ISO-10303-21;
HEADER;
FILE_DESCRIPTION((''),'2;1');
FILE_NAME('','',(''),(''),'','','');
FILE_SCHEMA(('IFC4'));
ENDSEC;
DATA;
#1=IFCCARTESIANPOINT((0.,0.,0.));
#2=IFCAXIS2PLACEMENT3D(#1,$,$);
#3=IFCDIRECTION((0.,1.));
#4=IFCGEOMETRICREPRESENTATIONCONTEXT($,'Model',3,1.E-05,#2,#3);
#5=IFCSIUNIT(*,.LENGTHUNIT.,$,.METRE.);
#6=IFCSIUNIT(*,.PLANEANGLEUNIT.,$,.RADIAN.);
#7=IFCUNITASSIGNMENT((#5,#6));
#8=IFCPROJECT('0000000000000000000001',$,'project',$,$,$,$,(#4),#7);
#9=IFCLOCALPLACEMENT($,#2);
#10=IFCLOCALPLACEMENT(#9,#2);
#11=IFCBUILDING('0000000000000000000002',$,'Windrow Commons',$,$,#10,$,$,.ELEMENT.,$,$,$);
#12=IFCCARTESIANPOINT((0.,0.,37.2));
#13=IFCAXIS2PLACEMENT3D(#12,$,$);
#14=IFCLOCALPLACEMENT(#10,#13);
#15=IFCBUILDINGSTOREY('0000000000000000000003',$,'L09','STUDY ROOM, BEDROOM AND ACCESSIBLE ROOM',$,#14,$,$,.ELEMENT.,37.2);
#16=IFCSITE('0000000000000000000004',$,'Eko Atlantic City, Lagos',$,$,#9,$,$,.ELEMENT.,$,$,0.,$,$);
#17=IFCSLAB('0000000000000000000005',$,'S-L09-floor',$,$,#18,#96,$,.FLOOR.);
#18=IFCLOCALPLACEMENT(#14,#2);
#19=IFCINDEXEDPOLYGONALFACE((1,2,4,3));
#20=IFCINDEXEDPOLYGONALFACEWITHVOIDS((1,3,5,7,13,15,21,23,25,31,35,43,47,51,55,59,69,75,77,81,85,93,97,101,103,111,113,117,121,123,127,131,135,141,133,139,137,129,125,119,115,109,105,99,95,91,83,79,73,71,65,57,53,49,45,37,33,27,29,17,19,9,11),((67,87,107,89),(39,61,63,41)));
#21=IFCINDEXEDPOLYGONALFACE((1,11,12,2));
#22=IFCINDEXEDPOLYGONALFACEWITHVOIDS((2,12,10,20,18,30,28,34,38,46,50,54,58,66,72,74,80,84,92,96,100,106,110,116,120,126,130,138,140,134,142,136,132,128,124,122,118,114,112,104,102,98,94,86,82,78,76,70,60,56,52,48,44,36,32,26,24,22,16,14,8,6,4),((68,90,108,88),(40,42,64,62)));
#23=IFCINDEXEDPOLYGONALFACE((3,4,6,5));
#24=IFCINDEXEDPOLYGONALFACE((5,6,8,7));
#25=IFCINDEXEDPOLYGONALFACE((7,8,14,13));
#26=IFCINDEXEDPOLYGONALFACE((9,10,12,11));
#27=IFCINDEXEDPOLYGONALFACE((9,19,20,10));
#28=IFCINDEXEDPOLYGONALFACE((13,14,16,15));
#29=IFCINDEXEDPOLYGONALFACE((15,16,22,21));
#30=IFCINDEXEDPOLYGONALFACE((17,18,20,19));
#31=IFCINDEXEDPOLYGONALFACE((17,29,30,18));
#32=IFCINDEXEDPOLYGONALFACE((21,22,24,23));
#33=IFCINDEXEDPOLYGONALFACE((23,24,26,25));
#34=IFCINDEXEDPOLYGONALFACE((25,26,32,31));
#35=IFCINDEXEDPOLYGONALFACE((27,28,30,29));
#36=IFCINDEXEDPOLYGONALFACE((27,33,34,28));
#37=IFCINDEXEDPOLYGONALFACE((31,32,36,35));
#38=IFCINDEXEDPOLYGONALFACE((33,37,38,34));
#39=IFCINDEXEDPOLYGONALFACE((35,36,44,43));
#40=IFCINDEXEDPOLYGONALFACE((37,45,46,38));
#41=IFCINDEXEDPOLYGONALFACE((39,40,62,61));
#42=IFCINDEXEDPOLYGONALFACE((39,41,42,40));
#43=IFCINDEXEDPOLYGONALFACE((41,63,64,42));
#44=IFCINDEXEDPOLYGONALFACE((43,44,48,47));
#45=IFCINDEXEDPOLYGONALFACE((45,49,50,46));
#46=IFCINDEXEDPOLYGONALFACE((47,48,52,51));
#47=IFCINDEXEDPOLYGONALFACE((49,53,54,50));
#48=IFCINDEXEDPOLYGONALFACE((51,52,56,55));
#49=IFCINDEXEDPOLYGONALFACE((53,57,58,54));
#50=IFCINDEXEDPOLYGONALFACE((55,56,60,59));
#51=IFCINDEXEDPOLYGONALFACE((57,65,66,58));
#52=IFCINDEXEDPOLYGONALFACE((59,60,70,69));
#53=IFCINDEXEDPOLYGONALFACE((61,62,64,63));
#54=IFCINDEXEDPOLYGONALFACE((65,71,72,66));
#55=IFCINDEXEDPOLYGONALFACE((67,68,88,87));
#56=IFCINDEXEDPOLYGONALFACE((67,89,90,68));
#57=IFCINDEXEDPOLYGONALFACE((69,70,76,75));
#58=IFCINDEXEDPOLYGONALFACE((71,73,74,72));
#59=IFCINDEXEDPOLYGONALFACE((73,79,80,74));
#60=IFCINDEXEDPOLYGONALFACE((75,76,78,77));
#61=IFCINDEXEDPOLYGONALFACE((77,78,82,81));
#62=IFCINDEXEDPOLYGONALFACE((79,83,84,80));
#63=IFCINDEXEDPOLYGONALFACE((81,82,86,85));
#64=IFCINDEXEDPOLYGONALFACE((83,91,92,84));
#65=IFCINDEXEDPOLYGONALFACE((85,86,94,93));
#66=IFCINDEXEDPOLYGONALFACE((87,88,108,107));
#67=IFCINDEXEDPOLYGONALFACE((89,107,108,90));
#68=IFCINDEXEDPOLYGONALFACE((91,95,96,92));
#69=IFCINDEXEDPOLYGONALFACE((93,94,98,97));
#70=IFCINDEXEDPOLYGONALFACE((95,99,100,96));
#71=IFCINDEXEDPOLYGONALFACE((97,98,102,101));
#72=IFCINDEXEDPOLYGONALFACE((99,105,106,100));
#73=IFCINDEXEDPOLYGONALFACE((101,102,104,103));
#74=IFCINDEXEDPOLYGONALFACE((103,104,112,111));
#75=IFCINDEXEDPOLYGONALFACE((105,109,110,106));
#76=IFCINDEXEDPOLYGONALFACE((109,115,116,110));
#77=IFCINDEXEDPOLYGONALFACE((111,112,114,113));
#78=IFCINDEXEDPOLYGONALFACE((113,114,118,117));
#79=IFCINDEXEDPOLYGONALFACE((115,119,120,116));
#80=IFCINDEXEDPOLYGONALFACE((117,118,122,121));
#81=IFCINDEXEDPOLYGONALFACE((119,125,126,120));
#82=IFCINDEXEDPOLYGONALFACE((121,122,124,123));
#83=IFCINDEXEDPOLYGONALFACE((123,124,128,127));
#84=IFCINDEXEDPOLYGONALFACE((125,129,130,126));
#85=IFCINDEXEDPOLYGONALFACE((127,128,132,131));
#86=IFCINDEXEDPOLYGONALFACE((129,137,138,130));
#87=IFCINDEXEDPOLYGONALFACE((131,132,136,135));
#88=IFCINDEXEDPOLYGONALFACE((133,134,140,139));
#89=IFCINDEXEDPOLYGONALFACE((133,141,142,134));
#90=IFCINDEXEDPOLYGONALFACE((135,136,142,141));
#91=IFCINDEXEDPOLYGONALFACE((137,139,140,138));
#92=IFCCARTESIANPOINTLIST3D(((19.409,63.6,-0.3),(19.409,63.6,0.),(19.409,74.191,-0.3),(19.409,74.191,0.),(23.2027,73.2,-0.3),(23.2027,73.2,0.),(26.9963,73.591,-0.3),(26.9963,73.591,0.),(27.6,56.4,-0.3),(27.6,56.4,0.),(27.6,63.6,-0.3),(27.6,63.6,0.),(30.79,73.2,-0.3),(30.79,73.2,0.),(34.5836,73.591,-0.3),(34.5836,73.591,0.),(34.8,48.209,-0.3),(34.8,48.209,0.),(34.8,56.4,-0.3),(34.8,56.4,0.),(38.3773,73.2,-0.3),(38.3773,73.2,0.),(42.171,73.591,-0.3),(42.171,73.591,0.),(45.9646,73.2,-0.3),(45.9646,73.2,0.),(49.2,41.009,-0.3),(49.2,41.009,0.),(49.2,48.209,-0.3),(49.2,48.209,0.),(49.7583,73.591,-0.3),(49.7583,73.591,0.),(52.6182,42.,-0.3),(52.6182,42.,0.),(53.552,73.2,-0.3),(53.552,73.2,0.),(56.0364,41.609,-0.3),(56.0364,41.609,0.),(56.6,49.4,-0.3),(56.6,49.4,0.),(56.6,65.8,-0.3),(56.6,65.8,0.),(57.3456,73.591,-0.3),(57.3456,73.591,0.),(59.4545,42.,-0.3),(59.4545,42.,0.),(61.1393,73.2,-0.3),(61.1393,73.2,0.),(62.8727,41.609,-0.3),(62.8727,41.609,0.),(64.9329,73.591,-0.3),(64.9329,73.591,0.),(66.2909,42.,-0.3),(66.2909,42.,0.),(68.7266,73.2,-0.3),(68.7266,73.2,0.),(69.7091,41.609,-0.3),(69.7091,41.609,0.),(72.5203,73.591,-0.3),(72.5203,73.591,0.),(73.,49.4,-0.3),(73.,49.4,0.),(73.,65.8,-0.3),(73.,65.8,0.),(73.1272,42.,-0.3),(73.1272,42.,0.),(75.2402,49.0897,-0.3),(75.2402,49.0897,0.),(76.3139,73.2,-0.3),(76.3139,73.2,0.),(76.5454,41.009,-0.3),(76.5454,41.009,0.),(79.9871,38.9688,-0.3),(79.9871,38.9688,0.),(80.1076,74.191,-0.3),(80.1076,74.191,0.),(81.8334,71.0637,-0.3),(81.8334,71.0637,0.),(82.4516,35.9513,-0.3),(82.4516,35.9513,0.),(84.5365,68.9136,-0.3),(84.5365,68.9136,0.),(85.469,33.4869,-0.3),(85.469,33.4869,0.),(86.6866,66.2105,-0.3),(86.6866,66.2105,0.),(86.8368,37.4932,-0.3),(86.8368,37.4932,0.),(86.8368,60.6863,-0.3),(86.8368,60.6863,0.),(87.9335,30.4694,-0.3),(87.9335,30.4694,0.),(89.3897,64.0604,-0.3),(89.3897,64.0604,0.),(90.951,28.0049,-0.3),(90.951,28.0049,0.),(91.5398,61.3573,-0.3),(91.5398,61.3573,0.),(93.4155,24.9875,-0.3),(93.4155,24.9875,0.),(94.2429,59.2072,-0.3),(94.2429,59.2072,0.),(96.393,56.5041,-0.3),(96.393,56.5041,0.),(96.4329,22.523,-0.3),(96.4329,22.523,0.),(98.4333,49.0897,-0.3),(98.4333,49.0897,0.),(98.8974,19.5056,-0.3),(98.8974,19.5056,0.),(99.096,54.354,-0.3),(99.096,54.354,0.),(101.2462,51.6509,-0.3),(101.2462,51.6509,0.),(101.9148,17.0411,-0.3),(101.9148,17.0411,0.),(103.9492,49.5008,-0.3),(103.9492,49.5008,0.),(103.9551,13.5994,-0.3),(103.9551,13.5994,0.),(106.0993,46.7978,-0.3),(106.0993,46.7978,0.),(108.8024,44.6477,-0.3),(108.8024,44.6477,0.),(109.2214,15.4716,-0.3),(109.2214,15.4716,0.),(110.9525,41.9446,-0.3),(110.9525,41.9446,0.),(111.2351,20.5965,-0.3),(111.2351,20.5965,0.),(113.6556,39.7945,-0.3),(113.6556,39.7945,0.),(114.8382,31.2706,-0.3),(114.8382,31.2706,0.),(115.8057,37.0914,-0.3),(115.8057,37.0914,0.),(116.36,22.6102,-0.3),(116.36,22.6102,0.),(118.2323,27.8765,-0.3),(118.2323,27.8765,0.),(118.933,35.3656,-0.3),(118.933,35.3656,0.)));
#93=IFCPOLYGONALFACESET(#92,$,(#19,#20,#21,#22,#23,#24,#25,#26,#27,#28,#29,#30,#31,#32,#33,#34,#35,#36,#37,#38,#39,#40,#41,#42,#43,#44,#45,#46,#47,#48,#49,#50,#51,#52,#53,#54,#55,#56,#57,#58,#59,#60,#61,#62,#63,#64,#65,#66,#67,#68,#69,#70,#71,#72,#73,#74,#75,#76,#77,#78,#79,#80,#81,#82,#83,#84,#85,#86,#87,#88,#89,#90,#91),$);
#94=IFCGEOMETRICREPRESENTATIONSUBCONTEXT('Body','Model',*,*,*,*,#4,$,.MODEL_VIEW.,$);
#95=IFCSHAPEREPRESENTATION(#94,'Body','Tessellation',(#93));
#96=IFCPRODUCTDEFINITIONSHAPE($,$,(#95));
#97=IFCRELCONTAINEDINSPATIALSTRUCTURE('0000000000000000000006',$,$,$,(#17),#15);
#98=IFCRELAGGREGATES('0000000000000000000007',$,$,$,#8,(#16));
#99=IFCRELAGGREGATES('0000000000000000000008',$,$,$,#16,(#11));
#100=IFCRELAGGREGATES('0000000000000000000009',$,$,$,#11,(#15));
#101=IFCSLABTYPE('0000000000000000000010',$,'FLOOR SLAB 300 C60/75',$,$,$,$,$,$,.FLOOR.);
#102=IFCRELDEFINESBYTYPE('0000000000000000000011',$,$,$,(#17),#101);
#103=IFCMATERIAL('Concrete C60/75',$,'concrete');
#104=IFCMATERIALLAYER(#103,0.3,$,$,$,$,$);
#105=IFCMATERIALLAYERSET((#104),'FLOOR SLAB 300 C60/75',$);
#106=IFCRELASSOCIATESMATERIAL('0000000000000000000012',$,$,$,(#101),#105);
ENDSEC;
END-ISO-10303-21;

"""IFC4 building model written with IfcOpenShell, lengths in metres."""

from ifc_helpers import new_model, si_unit, direction, frame, origin, place, context, subcontext, project, spatial, polyline, outline, extrude, material, layer, layer_set, type_object, element, save


model = new_model("IFC4")

# Units and contexts
model_context = context("Model", 3, precision=1e-05, world=origin(), true_north=direction((0.0, 1.0)))
body_context = subcontext(model_context, "Body", "Model", "MODEL_VIEW")
ifc_project = project(units=[si_unit("LENGTHUNIT", "METRE"), si_unit("PLANEANGLEUNIT", "RADIAN")], contexts=[model_context])

# Site, building, storey
site_placement = place(None, origin())
site = spatial("IfcSite", under=ifc_project, at=site_placement, Name="Eko Atlantic City, Lagos", CompositionType="ELEMENT", RefElevation=0.0)
building_placement = place(site_placement, origin())
building = spatial("IfcBuilding", under=site, at=building_placement, Name="Windrow Commons", CompositionType="ELEMENT")
storey_placement = place(building_placement, frame((0.0, 0.0, 37.2)))
storey = spatial("IfcBuildingStorey", under=building, at=storey_placement, Name="L09", Description="STUDY ROOM, BEDROOM AND ACCESSIBLE ROOM", CompositionType="ELEMENT", Elevation=37.2)

# Shared definitions
placement_1 = place(storey_placement, frame((0.0, 0.0, -0.3)))

# Slab, openings
ifc_material_1 = material(Name="Concrete C60/75", Category="concrete")
ifc_layer_1 = layer(ifc_material_1, 0.3)
ifc_layer_set_1 = layer_set([ifc_layer_1], Name="FLOOR SLAB 300 C60/75")
slab_type_1 = type_object("IfcSlabType", Name="FLOOR SLAB 300 C60/75", PredefinedType="FLOOR", material=ifc_layer_set_1)
slab_1 = element("IfcSlab", 1, at=placement_1, inside=storey, type_object=slab_type_1, Name="S-L09-floor", PredefinedType="FLOOR", context=body_context, shape_type="SweptSolid", body=[
    extrude(outline(polyline([(101.9148, 17.0411), (103.9551, 13.5994), (109.2214, 15.4716), (111.2351, 20.5965), (116.36, 22.6102), (118.2323, 27.8765), (114.8382, 31.2706), (118.933, 35.3656), (115.8057, 37.0914), (113.6556, 39.7945), (110.9525, 41.9446), (108.8024, 44.6477), (106.0993, 46.7978), (103.9492, 49.5008), (101.2462, 51.6509), (99.096, 54.354), (96.393, 56.5041), (94.2429, 59.2072), (91.5398, 61.3573), (89.3897, 64.0604), (86.6866, 66.2105), (84.5365, 68.9136), (81.8334, 71.0637), (80.1076, 74.191), (76.3139, 73.2), (72.5203, 73.591), (68.7266, 73.2), (64.9329, 73.591), (61.1393, 73.2), (57.3456, 73.591), (53.552, 73.2), (49.7583, 73.591), (45.9646, 73.2), (42.171, 73.591), (38.3773, 73.2), (34.5836, 73.591), (30.79, 73.2), (26.9963, 73.591), (23.2027, 73.2), (19.409, 74.191), (19.409, 63.6), (27.6, 63.6), (27.6, 56.4), (34.8, 56.4), (34.8, 48.209), (49.2, 48.209), (49.2, 41.009), (52.6182, 42.0), (56.0364, 41.609), (59.4545, 42.0), (62.8727, 41.609), (66.2909, 42.0), (69.7091, 41.609), (73.1272, 42.0), (76.5454, 41.009), (79.9871, 38.9688), (82.4516, 35.9513), (85.469, 33.4869), (87.9335, 30.4694), (90.951, 28.0049), (93.4155, 24.9875), (96.4329, 22.523), (98.8974, 19.5056), (101.9148, 17.0411)]), holes=[polyline([(75.2402, 49.0897), (86.8368, 60.6863), (98.4333, 49.0897), (86.8368, 37.4932), (75.2402, 49.0897)]), polyline([(56.6, 49.4), (56.6, 65.8), (73.0, 65.8), (73.0, 49.4), (56.6, 49.4)])]), origin(), (0.0, 0.0, 1.0), 0.3),
])
opening_1_placement = place(placement_1, origin())
element("IfcOpeningElement", 2, at=opening_1_placement, cuts=slab_1, PredefinedType="OPENING", context=body_context, shape_type="SweptSolid", body=[
    extrude(outline(polyline([(75.2473, 49.0897), (86.8368, 60.6792), (98.4262, 49.0897), (86.8368, 37.5003), (75.2473, 49.0897)])), origin(), (0.0, 0.0, 1.0), 0.3),
])
opening_2_placement = place(placement_1, origin())
element("IfcOpeningElement", 3, at=opening_2_placement, cuts=slab_1, PredefinedType="OPENING", context=body_context, shape_type="SweptSolid", body=[
    extrude(outline(polyline([(56.605, 49.405), (56.605, 65.795), (72.995, 65.795), (72.995, 49.405), (56.605, 49.405)])), origin(), (0.0, 0.0, 1.0), 0.3),
])

save(model, "model.ifc")
